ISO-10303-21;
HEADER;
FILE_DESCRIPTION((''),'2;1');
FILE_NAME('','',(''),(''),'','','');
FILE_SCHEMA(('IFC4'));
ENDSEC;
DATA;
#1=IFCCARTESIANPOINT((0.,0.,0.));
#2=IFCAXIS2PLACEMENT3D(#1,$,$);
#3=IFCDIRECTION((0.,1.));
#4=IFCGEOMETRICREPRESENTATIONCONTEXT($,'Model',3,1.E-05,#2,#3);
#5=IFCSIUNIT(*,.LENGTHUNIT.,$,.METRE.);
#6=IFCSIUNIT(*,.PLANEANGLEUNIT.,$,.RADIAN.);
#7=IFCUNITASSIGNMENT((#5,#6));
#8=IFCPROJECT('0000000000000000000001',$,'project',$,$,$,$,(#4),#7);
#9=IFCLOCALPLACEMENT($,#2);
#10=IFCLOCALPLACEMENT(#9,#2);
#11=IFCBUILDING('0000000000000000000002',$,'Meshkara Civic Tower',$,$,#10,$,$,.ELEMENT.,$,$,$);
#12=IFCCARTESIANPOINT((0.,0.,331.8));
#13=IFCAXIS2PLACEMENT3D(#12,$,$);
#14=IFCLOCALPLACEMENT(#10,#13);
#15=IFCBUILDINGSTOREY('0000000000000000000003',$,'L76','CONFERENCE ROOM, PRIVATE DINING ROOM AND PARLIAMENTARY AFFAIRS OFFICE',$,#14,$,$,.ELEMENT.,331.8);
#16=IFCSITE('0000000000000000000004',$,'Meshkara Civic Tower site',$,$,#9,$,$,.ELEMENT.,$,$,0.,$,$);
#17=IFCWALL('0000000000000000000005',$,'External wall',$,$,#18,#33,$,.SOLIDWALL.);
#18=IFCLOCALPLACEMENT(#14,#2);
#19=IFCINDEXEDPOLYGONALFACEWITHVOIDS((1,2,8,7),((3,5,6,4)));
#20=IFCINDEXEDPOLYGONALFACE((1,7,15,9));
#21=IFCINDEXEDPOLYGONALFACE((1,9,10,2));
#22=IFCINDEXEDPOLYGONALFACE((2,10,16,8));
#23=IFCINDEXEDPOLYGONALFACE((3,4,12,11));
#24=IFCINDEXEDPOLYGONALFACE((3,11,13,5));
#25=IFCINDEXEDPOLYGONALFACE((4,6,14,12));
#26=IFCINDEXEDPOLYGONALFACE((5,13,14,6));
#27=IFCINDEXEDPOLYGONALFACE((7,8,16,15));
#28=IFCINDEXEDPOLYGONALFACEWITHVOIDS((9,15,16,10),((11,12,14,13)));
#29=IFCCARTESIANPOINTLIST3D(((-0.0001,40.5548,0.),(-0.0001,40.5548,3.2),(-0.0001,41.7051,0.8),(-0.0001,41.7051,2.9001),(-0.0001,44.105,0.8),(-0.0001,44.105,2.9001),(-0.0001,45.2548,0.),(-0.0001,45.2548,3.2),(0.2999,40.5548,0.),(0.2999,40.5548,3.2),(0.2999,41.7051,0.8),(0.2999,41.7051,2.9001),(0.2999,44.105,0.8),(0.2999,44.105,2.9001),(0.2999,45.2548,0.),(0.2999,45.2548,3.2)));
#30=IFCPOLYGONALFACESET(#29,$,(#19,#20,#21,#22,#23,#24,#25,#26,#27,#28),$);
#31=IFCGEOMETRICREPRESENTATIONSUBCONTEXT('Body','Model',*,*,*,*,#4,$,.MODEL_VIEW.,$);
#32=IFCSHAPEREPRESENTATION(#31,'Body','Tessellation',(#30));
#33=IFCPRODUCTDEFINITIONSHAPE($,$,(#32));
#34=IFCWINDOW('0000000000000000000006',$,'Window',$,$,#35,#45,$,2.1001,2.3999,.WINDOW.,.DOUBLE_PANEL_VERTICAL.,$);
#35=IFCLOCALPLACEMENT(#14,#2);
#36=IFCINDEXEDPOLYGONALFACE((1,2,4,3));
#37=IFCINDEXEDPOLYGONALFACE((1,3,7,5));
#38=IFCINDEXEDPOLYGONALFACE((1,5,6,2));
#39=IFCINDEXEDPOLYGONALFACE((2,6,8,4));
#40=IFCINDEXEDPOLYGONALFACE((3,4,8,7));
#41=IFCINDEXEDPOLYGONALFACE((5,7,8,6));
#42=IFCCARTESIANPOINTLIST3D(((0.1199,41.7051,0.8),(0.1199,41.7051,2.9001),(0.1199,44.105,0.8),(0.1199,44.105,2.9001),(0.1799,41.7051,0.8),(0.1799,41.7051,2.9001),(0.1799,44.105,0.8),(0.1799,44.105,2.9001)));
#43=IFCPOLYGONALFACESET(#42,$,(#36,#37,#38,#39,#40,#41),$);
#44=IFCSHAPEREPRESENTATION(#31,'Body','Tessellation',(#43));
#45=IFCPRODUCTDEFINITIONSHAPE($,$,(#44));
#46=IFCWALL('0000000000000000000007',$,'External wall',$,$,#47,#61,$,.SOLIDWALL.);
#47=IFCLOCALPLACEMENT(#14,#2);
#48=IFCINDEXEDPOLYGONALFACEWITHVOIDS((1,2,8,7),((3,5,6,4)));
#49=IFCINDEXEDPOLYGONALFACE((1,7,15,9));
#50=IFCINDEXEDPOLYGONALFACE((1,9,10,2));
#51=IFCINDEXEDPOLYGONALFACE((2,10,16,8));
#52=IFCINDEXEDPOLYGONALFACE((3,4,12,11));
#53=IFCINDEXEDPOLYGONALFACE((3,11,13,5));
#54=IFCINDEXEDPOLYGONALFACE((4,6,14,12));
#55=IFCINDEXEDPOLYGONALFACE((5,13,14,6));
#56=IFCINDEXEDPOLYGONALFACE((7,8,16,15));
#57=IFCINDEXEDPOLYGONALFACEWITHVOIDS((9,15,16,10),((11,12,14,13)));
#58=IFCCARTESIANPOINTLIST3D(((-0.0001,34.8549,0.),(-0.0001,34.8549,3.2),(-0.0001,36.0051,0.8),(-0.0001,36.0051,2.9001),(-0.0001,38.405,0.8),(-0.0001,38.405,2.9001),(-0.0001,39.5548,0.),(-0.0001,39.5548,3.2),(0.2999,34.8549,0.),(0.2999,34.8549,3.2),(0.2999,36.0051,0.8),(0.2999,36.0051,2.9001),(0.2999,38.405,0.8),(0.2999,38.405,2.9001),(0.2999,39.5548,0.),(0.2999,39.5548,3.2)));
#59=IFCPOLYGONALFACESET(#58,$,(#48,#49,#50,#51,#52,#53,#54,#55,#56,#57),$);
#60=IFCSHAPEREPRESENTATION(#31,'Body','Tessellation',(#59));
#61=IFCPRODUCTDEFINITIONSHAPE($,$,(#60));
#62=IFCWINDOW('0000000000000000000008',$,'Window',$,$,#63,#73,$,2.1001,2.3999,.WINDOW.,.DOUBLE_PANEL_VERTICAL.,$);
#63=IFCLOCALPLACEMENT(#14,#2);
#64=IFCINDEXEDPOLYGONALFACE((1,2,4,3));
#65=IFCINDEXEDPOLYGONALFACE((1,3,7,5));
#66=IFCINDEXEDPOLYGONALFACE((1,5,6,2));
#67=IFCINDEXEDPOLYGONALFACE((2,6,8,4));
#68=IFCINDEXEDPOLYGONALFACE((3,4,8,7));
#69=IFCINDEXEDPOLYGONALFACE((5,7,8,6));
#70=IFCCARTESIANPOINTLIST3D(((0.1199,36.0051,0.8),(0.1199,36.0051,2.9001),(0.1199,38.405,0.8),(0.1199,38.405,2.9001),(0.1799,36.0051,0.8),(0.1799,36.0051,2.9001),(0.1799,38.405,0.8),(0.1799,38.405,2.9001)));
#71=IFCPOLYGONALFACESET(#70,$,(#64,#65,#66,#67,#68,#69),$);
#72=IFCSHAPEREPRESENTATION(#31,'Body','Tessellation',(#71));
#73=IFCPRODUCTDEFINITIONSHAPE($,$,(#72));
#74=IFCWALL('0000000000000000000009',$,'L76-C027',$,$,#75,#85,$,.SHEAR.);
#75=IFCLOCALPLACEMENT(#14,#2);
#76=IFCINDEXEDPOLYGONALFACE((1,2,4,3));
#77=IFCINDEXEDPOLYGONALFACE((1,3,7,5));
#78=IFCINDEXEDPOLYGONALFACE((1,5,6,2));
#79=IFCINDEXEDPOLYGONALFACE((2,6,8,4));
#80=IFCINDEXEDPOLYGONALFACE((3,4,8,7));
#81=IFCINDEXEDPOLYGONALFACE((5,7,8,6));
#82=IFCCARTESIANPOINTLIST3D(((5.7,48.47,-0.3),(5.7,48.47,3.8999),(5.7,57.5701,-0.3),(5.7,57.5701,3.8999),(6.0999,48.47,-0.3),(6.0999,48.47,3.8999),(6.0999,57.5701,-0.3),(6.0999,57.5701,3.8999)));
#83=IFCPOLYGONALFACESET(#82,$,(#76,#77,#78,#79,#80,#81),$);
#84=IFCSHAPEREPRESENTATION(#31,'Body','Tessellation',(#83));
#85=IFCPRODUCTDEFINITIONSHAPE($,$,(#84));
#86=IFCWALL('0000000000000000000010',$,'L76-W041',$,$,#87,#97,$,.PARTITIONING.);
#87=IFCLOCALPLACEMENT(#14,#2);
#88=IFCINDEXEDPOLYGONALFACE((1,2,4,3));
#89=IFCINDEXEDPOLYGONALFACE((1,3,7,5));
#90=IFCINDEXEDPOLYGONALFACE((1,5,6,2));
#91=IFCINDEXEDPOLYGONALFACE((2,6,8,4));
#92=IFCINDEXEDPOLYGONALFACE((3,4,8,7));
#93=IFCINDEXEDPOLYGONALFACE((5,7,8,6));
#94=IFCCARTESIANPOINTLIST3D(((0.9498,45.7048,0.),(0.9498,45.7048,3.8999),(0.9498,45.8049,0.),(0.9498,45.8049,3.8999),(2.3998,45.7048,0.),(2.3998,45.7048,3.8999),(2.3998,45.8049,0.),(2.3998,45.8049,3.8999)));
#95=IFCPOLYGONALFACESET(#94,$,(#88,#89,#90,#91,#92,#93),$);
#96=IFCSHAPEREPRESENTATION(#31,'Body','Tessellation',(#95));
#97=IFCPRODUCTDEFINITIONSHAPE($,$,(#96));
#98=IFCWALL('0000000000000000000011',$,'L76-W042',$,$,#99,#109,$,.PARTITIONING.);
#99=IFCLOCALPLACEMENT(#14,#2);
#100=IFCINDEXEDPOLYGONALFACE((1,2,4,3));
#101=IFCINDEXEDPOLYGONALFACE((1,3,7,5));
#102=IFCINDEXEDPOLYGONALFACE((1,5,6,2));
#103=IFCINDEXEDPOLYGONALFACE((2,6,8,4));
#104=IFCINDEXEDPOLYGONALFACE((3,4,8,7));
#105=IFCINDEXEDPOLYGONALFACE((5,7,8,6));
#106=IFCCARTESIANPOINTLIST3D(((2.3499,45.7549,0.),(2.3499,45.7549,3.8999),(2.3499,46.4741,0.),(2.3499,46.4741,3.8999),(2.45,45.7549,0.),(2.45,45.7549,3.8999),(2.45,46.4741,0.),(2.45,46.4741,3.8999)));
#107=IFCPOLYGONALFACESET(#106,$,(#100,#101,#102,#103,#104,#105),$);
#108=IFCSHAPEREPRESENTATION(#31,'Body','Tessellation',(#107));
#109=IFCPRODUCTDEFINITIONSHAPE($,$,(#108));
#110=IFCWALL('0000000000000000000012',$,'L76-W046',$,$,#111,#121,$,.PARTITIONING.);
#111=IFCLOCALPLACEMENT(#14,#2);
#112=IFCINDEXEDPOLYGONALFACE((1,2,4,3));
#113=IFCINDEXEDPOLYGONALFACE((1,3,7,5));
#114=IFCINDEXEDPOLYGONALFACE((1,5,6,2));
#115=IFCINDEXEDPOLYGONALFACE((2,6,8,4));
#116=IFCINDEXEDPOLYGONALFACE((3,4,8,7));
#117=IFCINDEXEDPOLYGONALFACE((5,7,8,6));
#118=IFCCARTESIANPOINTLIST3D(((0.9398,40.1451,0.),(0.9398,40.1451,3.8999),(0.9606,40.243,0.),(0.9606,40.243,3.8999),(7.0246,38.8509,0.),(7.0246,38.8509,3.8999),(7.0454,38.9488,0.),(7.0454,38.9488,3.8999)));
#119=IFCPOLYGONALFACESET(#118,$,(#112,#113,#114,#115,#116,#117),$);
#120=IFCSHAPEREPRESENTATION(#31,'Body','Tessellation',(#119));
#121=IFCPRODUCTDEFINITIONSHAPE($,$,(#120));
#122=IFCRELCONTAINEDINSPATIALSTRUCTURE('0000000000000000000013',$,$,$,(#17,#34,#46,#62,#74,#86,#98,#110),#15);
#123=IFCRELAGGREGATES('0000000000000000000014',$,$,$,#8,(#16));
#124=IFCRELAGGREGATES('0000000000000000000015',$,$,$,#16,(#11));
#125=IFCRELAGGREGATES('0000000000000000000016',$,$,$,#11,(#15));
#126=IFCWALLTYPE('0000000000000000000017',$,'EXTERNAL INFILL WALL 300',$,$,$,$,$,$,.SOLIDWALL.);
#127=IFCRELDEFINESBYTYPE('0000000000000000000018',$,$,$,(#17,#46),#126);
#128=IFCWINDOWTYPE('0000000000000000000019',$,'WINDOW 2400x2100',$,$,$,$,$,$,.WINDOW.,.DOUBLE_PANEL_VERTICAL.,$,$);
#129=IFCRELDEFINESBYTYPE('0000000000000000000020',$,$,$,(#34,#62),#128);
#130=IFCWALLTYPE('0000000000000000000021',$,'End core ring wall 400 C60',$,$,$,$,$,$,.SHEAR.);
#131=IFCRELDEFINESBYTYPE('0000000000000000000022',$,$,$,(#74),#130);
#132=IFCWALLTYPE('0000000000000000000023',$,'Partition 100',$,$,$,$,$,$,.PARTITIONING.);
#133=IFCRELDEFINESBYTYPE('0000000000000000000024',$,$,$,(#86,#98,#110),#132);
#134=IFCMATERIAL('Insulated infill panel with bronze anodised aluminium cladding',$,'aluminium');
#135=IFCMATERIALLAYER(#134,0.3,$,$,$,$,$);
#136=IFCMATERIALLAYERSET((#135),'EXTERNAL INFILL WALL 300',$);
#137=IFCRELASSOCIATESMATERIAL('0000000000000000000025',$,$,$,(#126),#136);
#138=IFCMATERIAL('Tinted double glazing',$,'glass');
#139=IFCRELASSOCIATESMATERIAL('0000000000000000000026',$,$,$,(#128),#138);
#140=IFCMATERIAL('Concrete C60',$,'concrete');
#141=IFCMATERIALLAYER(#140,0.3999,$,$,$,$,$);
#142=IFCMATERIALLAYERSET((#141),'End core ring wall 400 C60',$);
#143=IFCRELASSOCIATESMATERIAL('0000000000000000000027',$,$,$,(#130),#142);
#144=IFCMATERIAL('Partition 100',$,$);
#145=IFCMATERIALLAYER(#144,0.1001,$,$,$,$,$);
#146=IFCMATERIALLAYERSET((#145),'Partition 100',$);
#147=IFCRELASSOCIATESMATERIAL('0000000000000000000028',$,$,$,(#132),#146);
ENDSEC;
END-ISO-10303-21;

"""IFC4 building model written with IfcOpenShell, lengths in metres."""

from ifc_helpers import new_model, si_unit, direction, frame, frame_2d, origin, place, context, subcontext, project, spatial, rectangle, extrude, material, layer, layer_set, type_object, element, fill, save


model = new_model("IFC4")

# Units and contexts
model_context = context("Model", 3, precision=1e-05, world=origin(), true_north=direction((0.0, 1.0)))
body_context = subcontext(model_context, "Body", "Model", "MODEL_VIEW")
ifc_project = project(units=[si_unit("LENGTHUNIT", "METRE"), si_unit("PLANEANGLEUNIT", "RADIAN")], contexts=[model_context])

# Site, building, storey
site_placement = place(None, origin())
site = spatial("IfcSite", under=ifc_project, at=site_placement, Name="Meshkara Civic Tower site", CompositionType="ELEMENT", RefElevation=0.0)
building_placement = place(site_placement, origin())
building = spatial("IfcBuilding", under=site, at=building_placement, Name="Meshkara Civic Tower", CompositionType="ELEMENT")
storey_placement = place(building_placement, frame((0.0, 0.0, 331.8)))
storey = spatial("IfcBuildingStorey", under=building, at=storey_placement, Name="L76", Description="CONFERENCE ROOM, PRIVATE DINING ROOM AND PARLIAMENTARY AFFAIRS OFFICE", CompositionType="ELEMENT", Elevation=331.8)

# Walls, openings, windows
ifc_material_1 = material(Name="Insulated infill panel with bronze anodised aluminium cladding", Category="aluminium")
ifc_layer_1 = layer(ifc_material_1, 0.3)
ifc_layer_set_1 = layer_set([ifc_layer_1], Name="EXTERNAL INFILL WALL 300")
wall_type_1 = type_object("IfcWallType", Name="EXTERNAL INFILL WALL 300", PredefinedType="SOLIDWALL", material=ifc_layer_set_1)
wall_1_placement = place(storey_placement, frame((0.1499, 45.2549, 0.0), z_axis=(0.0, 0.0, 1.0), x_axis=(0.0, -1.0, 0.0)))
wall_1 = element("IfcWall", 1, at=wall_1_placement, inside=storey, type_object=wall_type_1, Name="External wall", PredefinedType="SOLIDWALL", context=body_context, shape_type="SweptSolid", body=[
    extrude(rectangle(XDim=4.7, YDim=0.3, at=frame_2d((2.3501, 0.0))), origin(), (0.0, 0.0, 1.0), 3.2),
])
opening_1_placement = place(wall_1_placement, frame((1.1499, 0.0, 0.8)))
opening_1 = element("IfcOpeningElement", 2, at=opening_1_placement, cuts=wall_1, PredefinedType="OPENING", context=body_context, shape_type="SweptSolid", body=[
    extrude(rectangle(XDim=2.3999, YDim=2.1001, at=frame_2d((1.2, 1.05))), frame((0.0, 0.1599, 0.0), z_axis=(0.0, -1.0, 0.0), x_axis=(1.0, 0.0, 0.0)), (0.0, 0.0, 1.0), 0.3201),
])
ifc_material_2 = material(Name="Tinted double glazing", Category="glass")
window_type = type_object("IfcWindowType", Name="WINDOW 2400x2100", PartitioningType="DOUBLE_PANEL_VERTICAL", PredefinedType="WINDOW", material=ifc_material_2)
window_1_placement = place(opening_1_placement, origin())
window_1 = element("IfcWindow", 3, at=window_1_placement, inside=storey, type_object=window_type, Name="Window", OverallHeight=2.1001, OverallWidth=2.3999, PartitioningType="DOUBLE_PANEL_VERTICAL", PredefinedType="WINDOW", context=body_context, shape_type="SweptSolid", body=[
    extrude(rectangle(XDim=2.3999, YDim=2.1001, at=frame_2d((1.2, 1.05))), frame((0.0, 0.03, 0.0), z_axis=(0.0, -1.0, 0.0), x_axis=(1.0, 0.0, 0.0)), (0.0, 0.0, 1.0), 0.0601),
])
fill(opening_1, window_1)
wall_2_placement = place(storey_placement, frame((0.1499, 39.5549, 0.0), z_axis=(0.0, 0.0, 1.0), x_axis=(0.0, -1.0, 0.0)))
wall_2 = element("IfcWall", 4, at=wall_2_placement, inside=storey, type_object=wall_type_1, Name="External wall", PredefinedType="SOLIDWALL", context=body_context, shape_type="SweptSolid", body=[
    extrude(rectangle(XDim=4.7, YDim=0.3, at=frame_2d((2.3501, 0.0))), origin(), (0.0, 0.0, 1.0), 3.2),
])
opening_2_placement = place(wall_2_placement, frame((1.1499, 0.0, 0.8)))
opening_2 = element("IfcOpeningElement", 5, at=opening_2_placement, cuts=wall_2, PredefinedType="OPENING", context=body_context, shape_type="SweptSolid", body=[
    extrude(rectangle(XDim=2.3999, YDim=2.1001, at=frame_2d((1.2, 1.05))), frame((0.0, 0.1599, 0.0), z_axis=(0.0, -1.0, 0.0), x_axis=(1.0, 0.0, 0.0)), (0.0, 0.0, 1.0), 0.3201),
])
window_2_placement = place(opening_2_placement, origin())
window_2 = element("IfcWindow", 6, at=window_2_placement, inside=storey, type_object=window_type, Name="Window", OverallHeight=2.1001, OverallWidth=2.3999, PartitioningType="DOUBLE_PANEL_VERTICAL", PredefinedType="WINDOW", context=body_context, shape_type="SweptSolid", body=[
    extrude(rectangle(XDim=2.3999, YDim=2.1001, at=frame_2d((1.2, 1.05))), frame((0.0, 0.03, 0.0), z_axis=(0.0, -1.0, 0.0), x_axis=(1.0, 0.0, 0.0)), (0.0, 0.0, 1.0), 0.0601),
])
fill(opening_2, window_2)

# Walls
ifc_material_3 = material(Name="Concrete C60", Category="concrete")
ifc_layer_2 = layer(ifc_material_3, 0.3999)
ifc_layer_set_2 = layer_set([ifc_layer_2], Name="End core ring wall 400 C60")
wall_type_2 = type_object("IfcWallType", Name="End core ring wall 400 C60", PredefinedType="SHEAR", material=ifc_layer_set_2)
wall_3_placement = place(storey_placement, frame((5.8999, 48.47, -0.3), z_axis=(0.0, 0.0, 1.0), x_axis=(0.0, 1.0, 0.0)))
element("IfcWall", 7, at=wall_3_placement, inside=storey, type_object=wall_type_2, Name="L76-C027", PredefinedType="SHEAR", context=body_context, shape_type="SweptSolid", body=[
    extrude(rectangle(XDim=9.1001, YDim=0.3999, at=frame_2d((4.55, 0.0))), origin(), (0.0, 0.0, 1.0), 4.2),
])
ifc_material_4 = material(Name="Partition 100")
ifc_layer_3 = layer(ifc_material_4, 0.1001)
ifc_layer_set_3 = layer_set([ifc_layer_3], Name="Partition 100")
wall_type_3 = type_object("IfcWallType", Name="Partition 100", PredefinedType="PARTITIONING", material=ifc_layer_set_3)
wall_4_placement = place(storey_placement, frame((2.3999, 45.7549, 0.0), z_axis=(0.0, 0.0, 1.0), x_axis=(-1.0, 0.0, 0.0)))
element("IfcWall", 8, at=wall_4_placement, inside=storey, type_object=wall_type_3, Name="L76-W041", PredefinedType="PARTITIONING", context=body_context, shape_type="SweptSolid", body=[
    extrude(rectangle(XDim=1.45, YDim=0.1001, at=frame_2d((0.7251, 0.0))), origin(), (0.0, 0.0, 1.0), 3.8999),
])
wall_5_placement = place(storey_placement, frame((2.3999, 46.4741, 0.0), z_axis=(0.0, 0.0, 1.0), x_axis=(0.0, -1.0, 0.0)))
element("IfcWall", 9, at=wall_5_placement, inside=storey, type_object=wall_type_3, Name="L76-W042", PredefinedType="PARTITIONING", context=body_context, shape_type="SweptSolid", body=[
    extrude(rectangle(XDim=0.7192, YDim=0.1001, at=frame_2d((0.3596, 0.0))), origin(), (0.0, 0.0, 1.0), 3.8999),
])
wall_6_placement = place(storey_placement, frame((7.0349, 38.8999, 0.0), z_axis=(0.0, 0.0, 1.0), x_axis=(-0.978122, 0.208033, 0.0)))
element("IfcWall", 10, at=wall_6_placement, inside=storey, type_object=wall_type_3, Name="L76-W046", PredefinedType="PARTITIONING", context=body_context, shape_type="SweptSolid", body=[
    extrude(rectangle(XDim=6.2209, YDim=0.1001, at=frame_2d((3.1104, 0.0))), origin(), (0.0, 0.0, 1.0), 3.8999),
])

save(model, "model.ifc")
